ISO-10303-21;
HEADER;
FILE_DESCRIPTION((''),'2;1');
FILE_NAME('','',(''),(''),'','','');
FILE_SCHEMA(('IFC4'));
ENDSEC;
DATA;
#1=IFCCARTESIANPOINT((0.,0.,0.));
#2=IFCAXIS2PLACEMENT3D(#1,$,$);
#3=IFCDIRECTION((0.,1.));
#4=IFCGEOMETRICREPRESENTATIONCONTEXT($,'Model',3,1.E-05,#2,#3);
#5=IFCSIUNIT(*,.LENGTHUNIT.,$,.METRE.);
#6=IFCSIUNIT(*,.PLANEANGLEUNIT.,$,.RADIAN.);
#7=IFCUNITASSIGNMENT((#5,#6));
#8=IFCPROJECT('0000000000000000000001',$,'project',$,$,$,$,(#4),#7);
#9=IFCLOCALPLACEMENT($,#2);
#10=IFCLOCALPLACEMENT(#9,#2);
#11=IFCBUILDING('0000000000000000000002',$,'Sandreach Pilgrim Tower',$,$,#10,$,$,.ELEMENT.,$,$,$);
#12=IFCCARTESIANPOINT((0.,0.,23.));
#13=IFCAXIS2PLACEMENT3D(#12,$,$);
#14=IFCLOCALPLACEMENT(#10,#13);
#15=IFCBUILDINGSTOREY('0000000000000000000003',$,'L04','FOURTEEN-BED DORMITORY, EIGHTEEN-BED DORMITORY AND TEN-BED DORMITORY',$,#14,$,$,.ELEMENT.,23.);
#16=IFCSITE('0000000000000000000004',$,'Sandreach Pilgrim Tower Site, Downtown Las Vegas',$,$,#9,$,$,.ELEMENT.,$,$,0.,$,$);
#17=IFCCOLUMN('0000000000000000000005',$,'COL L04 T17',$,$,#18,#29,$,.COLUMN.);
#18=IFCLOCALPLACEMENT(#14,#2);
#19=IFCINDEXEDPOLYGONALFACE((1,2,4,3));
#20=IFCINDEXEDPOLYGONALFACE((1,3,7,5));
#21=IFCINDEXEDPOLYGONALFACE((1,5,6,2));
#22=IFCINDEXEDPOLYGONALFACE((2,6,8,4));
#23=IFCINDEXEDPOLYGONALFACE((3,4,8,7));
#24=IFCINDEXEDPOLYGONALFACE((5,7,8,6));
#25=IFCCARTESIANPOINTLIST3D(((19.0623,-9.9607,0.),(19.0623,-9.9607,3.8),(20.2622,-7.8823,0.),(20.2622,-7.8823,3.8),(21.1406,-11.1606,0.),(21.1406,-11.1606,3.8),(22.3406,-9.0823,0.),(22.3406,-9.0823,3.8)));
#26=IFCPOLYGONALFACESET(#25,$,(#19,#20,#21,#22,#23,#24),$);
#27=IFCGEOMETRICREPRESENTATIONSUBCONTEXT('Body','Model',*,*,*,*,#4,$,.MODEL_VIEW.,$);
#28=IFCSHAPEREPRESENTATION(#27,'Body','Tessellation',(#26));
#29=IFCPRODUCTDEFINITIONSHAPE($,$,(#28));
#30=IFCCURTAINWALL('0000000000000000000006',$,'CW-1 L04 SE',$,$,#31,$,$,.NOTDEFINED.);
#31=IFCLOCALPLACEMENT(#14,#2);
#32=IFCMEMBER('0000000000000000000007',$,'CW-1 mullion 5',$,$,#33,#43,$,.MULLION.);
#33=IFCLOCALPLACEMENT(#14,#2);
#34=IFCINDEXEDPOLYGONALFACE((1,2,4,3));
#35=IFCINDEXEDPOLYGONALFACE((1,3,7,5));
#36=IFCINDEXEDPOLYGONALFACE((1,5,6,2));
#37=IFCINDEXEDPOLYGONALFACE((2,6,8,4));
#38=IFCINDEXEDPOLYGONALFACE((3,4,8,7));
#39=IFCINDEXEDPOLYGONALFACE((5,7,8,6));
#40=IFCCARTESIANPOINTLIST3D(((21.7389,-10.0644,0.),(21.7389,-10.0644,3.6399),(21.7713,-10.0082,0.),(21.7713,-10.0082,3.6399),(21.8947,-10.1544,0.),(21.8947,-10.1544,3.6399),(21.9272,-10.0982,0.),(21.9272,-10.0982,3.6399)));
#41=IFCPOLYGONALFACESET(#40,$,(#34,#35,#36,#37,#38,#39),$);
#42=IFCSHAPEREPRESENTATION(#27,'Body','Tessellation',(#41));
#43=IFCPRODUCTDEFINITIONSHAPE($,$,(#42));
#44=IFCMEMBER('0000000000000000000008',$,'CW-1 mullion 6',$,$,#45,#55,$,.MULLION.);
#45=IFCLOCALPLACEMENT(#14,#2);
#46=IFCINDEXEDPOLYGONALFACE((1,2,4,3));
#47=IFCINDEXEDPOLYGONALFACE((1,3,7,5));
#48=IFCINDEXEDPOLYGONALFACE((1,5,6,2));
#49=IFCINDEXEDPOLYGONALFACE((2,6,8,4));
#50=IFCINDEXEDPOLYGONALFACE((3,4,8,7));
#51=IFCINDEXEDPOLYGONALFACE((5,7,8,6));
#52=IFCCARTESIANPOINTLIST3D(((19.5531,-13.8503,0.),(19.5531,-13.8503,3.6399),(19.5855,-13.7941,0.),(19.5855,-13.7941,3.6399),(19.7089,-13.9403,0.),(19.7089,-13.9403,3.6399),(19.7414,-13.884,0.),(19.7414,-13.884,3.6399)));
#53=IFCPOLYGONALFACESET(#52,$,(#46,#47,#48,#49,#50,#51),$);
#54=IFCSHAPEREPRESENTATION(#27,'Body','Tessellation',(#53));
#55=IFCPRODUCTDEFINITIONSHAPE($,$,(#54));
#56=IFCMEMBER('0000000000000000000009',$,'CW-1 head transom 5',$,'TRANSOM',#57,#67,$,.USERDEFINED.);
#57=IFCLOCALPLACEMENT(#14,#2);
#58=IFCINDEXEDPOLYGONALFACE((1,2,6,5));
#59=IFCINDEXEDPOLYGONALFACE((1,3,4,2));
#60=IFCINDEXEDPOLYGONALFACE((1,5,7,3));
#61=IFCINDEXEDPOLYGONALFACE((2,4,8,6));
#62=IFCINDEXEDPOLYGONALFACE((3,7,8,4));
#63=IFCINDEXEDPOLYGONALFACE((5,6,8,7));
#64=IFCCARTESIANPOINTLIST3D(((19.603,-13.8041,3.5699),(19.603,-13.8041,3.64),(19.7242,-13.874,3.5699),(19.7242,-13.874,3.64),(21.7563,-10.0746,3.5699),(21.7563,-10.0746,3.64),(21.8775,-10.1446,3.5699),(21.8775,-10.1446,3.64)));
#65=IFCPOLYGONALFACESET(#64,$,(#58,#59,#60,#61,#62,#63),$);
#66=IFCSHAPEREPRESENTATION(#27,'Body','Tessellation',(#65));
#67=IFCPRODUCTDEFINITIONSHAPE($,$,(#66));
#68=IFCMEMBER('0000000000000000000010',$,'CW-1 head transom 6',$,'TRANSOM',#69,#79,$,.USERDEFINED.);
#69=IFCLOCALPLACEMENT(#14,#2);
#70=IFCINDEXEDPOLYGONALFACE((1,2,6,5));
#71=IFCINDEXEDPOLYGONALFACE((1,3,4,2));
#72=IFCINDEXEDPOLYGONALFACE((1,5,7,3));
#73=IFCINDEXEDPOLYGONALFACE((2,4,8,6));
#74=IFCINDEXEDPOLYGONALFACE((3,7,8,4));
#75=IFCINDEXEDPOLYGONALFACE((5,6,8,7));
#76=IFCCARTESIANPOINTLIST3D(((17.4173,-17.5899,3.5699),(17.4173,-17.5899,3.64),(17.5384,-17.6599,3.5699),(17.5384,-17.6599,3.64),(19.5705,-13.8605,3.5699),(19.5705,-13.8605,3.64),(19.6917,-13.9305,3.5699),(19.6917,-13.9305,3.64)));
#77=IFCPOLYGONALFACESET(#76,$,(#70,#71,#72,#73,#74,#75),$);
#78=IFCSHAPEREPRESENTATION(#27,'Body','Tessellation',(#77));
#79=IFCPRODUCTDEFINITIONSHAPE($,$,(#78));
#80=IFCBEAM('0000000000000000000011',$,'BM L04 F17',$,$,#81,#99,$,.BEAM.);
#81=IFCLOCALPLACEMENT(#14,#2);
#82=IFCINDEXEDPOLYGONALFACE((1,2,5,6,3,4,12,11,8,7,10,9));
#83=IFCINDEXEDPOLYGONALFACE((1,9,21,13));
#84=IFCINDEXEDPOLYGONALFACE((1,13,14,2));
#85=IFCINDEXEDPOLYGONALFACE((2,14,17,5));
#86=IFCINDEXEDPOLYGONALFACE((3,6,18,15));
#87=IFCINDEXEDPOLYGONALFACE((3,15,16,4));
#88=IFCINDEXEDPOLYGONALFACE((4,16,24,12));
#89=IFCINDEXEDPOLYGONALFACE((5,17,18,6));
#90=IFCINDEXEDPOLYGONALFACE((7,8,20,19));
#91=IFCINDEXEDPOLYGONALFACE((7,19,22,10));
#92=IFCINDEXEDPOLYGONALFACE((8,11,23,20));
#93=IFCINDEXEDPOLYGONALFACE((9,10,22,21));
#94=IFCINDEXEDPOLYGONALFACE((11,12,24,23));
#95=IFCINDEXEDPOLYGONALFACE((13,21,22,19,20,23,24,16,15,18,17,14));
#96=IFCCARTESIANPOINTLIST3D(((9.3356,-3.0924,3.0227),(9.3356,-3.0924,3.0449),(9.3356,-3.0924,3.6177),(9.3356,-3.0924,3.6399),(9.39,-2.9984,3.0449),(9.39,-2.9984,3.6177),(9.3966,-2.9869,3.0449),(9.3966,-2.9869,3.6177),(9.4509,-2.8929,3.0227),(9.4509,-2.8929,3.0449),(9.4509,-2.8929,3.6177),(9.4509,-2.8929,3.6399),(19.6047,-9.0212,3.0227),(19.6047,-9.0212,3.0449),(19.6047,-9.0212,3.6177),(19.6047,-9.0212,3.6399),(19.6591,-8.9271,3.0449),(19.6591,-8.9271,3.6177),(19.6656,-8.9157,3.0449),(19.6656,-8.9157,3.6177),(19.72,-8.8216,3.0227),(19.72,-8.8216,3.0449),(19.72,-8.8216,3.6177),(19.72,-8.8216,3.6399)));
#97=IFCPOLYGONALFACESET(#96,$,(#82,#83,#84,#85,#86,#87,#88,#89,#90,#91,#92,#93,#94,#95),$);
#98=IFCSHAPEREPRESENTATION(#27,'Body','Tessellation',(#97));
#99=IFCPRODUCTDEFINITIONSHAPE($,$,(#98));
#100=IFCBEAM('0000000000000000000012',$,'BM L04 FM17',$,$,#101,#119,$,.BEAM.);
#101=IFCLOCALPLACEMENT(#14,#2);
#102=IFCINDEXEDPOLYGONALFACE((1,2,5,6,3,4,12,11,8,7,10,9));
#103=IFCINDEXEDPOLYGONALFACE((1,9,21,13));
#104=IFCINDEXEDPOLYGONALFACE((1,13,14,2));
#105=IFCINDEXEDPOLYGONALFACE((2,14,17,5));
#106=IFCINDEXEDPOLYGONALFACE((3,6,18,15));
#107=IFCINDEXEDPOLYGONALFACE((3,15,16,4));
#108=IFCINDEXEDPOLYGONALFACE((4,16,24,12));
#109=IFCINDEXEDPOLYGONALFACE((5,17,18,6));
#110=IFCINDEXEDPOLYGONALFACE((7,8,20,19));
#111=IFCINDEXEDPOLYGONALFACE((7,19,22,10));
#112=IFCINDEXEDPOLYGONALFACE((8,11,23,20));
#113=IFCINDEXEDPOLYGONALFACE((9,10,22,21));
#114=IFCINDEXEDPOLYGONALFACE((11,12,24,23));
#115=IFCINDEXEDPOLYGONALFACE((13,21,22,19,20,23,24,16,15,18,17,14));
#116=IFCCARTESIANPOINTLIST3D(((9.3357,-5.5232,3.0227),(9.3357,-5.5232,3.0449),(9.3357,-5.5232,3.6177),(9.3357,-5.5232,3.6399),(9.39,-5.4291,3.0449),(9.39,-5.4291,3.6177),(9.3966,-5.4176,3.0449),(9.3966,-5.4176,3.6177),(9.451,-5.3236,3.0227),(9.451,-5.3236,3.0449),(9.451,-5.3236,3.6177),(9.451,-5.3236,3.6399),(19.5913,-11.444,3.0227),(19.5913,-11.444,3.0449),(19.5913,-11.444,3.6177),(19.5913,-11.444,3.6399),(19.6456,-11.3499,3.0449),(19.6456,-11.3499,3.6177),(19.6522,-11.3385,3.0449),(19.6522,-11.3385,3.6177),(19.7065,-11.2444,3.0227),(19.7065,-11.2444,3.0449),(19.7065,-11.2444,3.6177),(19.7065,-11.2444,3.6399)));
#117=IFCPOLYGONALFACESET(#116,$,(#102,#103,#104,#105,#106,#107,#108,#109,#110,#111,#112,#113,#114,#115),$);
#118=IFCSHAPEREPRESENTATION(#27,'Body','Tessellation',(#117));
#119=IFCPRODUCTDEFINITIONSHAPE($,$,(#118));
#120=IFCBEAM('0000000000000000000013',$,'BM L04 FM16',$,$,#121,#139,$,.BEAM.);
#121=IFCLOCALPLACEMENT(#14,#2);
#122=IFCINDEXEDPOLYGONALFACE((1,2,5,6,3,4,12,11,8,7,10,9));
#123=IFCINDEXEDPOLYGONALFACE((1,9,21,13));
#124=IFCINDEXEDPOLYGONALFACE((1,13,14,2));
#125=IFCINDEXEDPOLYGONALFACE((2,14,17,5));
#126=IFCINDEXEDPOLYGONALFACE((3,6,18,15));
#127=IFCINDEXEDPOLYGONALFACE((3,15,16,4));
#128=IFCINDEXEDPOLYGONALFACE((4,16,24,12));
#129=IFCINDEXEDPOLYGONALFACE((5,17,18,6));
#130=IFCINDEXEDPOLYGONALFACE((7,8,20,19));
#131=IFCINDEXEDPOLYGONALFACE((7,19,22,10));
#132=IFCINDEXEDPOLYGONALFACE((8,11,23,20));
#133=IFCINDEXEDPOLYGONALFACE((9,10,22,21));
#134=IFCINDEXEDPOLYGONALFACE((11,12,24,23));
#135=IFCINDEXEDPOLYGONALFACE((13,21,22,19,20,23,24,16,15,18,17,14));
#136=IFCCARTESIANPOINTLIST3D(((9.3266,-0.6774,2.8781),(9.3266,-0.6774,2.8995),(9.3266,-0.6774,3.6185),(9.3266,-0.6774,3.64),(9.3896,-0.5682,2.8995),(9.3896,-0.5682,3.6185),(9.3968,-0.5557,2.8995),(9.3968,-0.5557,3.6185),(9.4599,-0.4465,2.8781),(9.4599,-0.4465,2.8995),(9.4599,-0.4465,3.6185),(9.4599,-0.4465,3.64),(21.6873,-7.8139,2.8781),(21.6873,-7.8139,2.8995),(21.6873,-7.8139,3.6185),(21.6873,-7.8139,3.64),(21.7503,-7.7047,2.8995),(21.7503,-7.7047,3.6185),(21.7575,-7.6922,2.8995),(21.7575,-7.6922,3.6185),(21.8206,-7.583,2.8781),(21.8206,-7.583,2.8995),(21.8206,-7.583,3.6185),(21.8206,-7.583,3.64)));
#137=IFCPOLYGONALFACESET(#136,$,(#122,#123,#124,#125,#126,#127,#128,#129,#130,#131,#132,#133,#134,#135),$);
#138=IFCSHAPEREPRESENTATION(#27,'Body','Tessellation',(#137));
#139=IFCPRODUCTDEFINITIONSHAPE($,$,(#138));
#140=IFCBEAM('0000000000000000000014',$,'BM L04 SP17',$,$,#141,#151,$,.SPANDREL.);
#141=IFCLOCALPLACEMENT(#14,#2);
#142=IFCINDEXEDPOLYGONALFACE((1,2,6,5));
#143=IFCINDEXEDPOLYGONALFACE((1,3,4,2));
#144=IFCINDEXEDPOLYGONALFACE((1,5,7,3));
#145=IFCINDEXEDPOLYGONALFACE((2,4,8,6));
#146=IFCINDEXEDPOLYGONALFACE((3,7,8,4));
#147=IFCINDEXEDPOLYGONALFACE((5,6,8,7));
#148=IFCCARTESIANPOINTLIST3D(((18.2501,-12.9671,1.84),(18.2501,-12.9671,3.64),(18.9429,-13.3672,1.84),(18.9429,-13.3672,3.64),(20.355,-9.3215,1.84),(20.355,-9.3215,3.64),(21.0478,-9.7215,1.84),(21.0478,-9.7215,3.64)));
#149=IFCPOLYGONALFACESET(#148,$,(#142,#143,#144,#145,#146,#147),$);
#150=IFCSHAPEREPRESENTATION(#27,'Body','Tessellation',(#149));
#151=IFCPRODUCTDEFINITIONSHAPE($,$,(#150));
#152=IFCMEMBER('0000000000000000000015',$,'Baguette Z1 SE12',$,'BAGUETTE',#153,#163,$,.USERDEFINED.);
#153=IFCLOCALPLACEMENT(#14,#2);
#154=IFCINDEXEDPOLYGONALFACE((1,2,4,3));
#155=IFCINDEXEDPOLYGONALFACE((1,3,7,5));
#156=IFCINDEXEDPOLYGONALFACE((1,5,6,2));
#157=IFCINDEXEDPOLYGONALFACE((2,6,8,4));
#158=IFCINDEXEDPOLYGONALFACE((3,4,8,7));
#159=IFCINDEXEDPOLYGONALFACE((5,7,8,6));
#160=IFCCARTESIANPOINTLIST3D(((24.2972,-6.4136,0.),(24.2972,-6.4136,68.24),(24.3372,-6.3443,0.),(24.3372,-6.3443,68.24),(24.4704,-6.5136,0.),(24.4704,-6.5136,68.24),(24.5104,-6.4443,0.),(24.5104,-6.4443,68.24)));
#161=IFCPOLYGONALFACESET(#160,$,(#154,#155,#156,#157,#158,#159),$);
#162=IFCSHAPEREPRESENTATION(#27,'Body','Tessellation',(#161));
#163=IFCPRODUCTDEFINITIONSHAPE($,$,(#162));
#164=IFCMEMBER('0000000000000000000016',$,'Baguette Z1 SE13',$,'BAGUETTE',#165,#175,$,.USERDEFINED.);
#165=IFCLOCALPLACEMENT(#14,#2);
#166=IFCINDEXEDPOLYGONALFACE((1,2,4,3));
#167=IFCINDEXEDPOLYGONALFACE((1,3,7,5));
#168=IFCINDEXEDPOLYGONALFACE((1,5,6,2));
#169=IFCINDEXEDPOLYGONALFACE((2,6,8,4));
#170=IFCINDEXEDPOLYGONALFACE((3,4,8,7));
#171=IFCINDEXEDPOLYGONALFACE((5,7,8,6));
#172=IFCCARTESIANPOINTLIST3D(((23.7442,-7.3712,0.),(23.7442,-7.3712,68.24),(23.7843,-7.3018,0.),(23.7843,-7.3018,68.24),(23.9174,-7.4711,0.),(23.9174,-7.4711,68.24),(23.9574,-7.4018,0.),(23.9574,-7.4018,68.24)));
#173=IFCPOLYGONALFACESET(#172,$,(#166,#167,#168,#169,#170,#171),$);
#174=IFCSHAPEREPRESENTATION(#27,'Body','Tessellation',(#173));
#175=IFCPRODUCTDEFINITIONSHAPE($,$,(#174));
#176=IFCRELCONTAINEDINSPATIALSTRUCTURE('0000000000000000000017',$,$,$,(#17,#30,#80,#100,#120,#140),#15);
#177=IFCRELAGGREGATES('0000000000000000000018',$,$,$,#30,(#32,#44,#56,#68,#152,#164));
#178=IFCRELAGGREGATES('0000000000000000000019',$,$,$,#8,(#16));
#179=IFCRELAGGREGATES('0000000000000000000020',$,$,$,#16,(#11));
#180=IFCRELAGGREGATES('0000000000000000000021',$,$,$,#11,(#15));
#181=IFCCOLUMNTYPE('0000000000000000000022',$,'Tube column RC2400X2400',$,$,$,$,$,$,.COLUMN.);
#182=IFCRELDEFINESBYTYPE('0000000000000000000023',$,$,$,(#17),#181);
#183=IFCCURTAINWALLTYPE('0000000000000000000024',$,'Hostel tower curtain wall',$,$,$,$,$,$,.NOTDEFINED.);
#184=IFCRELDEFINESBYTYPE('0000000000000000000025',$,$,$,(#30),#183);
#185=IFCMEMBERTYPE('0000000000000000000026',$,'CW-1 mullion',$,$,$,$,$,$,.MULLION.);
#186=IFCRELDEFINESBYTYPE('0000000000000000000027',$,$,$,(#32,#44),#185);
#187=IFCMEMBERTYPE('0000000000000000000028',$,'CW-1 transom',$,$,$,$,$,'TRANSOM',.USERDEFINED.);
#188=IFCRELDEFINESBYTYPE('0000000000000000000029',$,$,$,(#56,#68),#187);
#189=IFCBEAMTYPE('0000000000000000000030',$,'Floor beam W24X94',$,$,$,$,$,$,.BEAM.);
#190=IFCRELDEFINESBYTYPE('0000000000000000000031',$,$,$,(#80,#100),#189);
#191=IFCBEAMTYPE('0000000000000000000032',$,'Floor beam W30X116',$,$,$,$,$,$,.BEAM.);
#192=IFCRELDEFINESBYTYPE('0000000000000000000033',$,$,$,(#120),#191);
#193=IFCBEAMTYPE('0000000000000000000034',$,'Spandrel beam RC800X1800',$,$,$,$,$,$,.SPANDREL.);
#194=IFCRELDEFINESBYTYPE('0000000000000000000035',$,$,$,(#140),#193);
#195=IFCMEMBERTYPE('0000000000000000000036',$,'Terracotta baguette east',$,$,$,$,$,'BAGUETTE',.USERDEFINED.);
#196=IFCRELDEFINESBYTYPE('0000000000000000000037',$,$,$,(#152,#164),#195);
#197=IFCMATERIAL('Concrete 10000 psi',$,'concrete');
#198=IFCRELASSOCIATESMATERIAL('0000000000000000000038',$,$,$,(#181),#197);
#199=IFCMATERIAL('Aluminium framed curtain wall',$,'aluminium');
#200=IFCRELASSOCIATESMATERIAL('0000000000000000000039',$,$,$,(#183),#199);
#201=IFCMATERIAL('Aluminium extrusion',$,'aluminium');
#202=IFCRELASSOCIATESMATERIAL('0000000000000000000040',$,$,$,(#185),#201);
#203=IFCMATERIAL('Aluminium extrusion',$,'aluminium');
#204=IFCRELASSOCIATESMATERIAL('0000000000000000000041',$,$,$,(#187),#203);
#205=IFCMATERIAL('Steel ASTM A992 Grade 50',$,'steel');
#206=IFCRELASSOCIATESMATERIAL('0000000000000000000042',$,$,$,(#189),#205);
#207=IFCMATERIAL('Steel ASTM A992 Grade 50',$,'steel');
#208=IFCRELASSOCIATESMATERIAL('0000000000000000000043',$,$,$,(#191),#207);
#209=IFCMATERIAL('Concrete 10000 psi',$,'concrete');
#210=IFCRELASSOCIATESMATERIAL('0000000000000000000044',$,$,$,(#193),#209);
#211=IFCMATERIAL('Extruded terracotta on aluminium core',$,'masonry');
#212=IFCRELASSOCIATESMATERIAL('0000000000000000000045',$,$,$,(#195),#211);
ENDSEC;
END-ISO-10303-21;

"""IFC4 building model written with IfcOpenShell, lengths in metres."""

from ifc_helpers import new_model, si_unit, direction, frame, origin, origin_2d, place, context, subcontext, project, spatial, rectangle, i_section, extrude, material, material_profile, profile_set, type_object, element, aggregate, save


model = new_model("IFC4")

# Units and contexts
model_context = context("Model", 3, precision=1e-05, world=origin(), true_north=direction((0.0, 1.0)))
body_context = subcontext(model_context, "Body", "Model", "MODEL_VIEW")
ifc_project = project(units=[si_unit("LENGTHUNIT", "METRE"), si_unit("PLANEANGLEUNIT", "RADIAN")], contexts=[model_context])

# Site, building, storey
site_placement = place(None, origin())
site = spatial("IfcSite", under=ifc_project, at=site_placement, Name="Sandreach Pilgrim Tower Site, Downtown Las Vegas", CompositionType="ELEMENT", RefElevation=0.0)
building_placement = place(site_placement, origin())
building = spatial("IfcBuilding", under=site, at=building_placement, Name="Sandreach Pilgrim Tower", CompositionType="ELEMENT")
storey_placement = place(building_placement, frame((0.0, 0.0, 23.0)))
storey = spatial("IfcBuildingStorey", under=building, at=storey_placement, Name="L04", Description="FOURTEEN-BED DORMITORY, EIGHTEEN-BED DORMITORY AND TEN-BED DORMITORY", CompositionType="ELEMENT", Elevation=23.0)

# Column
ifc_material_1 = material(Name="Concrete 10000 psi", Category="concrete")
ifc_material_profile_1 = material_profile(ifc_material_1, rectangle(XDim=2.3999, YDim=2.3999, at=origin_2d()), Name="RC2400X2400")
ifc_profile_set_1 = profile_set([ifc_material_profile_1], Name="Concrete 10000 psi")
column_type = type_object("IfcColumnType", Name="Tube column RC2400X2400", PredefinedType="COLUMN", material=ifc_profile_set_1)
column_placement = place(storey_placement, frame((20.7014, -9.5215, 0.0), z_axis=(0.0, 0.0, 1.0), x_axis=(0.866025, -0.5, 0.0)))
element("IfcColumn", 1, at=column_placement, inside=storey, type_object=column_type, Name="COL L04 T17", PredefinedType="COLUMN", context=body_context, shape_type="SweptSolid", body=[
    extrude(rectangle(XDim=2.3999, YDim=2.3999, at=origin_2d()), origin(), (0.0, 0.0, 1.0), 3.8),
])

# Curtain wall, members
ifc_material_2 = material(Name="Aluminium framed curtain wall", Category="aluminium")
curtain_wall_type = type_object("IfcCurtainWallType", Name="Hostel tower curtain wall", PredefinedType="NOTDEFINED", material=ifc_material_2)
curtain_wall_placement = place(storey_placement, origin())
curtain_wall = element("IfcCurtainWall", 2, at=curtain_wall_placement, inside=storey, type_object=curtain_wall_type, Name="CW-1 L04 SE", PredefinedType="NOTDEFINED")
ifc_material_3 = material(Name="Aluminium extrusion", Category="aluminium")
ifc_material_profile_2 = material_profile(ifc_material_3, rectangle(XDim=0.0649, YDim=0.1799, at=origin_2d()), Name="CW-1M 65X180")
ifc_profile_set_2 = profile_set([ifc_material_profile_2], Name="Aluminium extrusion")
member_type_1 = type_object("IfcMemberType", Name="CW-1 mullion", PredefinedType="MULLION", material=ifc_profile_set_2)
member_1_placement = place(storey_placement, frame((21.833, -10.0813, 0.0), z_axis=(0.0, 0.0, 1.0), x_axis=(-0.5, -0.866025, 0.0)))
member_1 = element("IfcMember", 3, at=member_1_placement, type_object=member_type_1, Name="CW-1 mullion 5", PredefinedType="MULLION", context=body_context, shape_type="SweptSolid", body=[
    extrude(rectangle(XDim=0.0649, YDim=0.1799, at=origin_2d()), origin(), (0.0, 0.0, 1.0), 3.6399),
])
member_2_placement = place(storey_placement, frame((19.6472, -13.8672, 0.0), z_axis=(0.0, 0.0, 1.0), x_axis=(-0.5, -0.866025, 0.0)))
member_2 = element("IfcMember", 4, at=member_2_placement, type_object=member_type_1, Name="CW-1 mullion 6", PredefinedType="MULLION", context=body_context, shape_type="SweptSolid", body=[
    extrude(rectangle(XDim=0.0649, YDim=0.1799, at=origin_2d()), origin(), (0.0, 0.0, 1.0), 3.6399),
])
ifc_material_4 = material(Name="Aluminium extrusion", Category="aluminium")
ifc_material_profile_3 = material_profile(ifc_material_4, rectangle(XDim=0.1399, YDim=0.0701, at=origin_2d()), Name="CW-1T 140X70")
ifc_profile_set_3 = profile_set([ifc_material_profile_3], Name="Aluminium extrusion")
member_type_2 = type_object("IfcMemberType", Name="CW-1 transom", ElementType="TRANSOM", PredefinedType="USERDEFINED", material=ifc_profile_set_3)
member_3_placement = place(storey_placement, frame((21.8169, -10.1096, 3.605), z_axis=(-0.500017, -0.866016, 0.0), x_axis=(0.866016, -0.500017, 0.0)))
member_3 = element("IfcMember", 5, at=member_3_placement, type_object=member_type_2, Name="CW-1 head transom 5", ObjectType="TRANSOM", PredefinedType="USERDEFINED", context=body_context, shape_type="SweptSolid", body=[
    extrude(rectangle(XDim=0.1399, YDim=0.0701, at=origin_2d()), origin(), (0.0, 0.0, 1.0), 4.3064),
])
member_4_placement = place(storey_placement, frame((19.6311, -13.8955, 3.605), z_axis=(-0.500017, -0.866016, 0.0), x_axis=(0.866016, -0.500017, 0.0)))
member_4 = element("IfcMember", 6, at=member_4_placement, type_object=member_type_2, Name="CW-1 head transom 6", ObjectType="TRANSOM", PredefinedType="USERDEFINED", context=body_context, shape_type="SweptSolid", body=[
    extrude(rectangle(XDim=0.1399, YDim=0.0701, at=origin_2d()), origin(), (0.0, 0.0, 1.0), 4.3064),
])

# Beams
ifc_material_5 = material(Name="Steel ASTM A992 Grade 50", Category="steel")
ifc_material_profile_4 = material_profile(ifc_material_5, i_section(OverallWidth=0.2305, OverallDepth=0.6172, WebThickness=0.0132, FlangeThickness=0.0222, at=origin_2d()), Name="W24X94")
ifc_profile_set_4 = profile_set([ifc_material_profile_4], Name="Steel ASTM A992 Grade 50")
beam_type_1 = type_object("IfcBeamType", Name="Floor beam W24X94", PredefinedType="BEAM", material=ifc_profile_set_4)
beam_1_placement = place(storey_placement, frame((19.6624, -8.9214, 3.3313), z_axis=(-0.86603, 0.499992, 0.0), x_axis=(-0.499992, -0.86603, 0.0)))
element("IfcBeam", 7, at=beam_1_placement, inside=storey, type_object=beam_type_1, Name="BM L04 F17", PredefinedType="BEAM", context=body_context, shape_type="SweptSolid", body=[
    extrude(i_section(OverallWidth=0.2305, OverallDepth=0.6172, WebThickness=0.0132, FlangeThickness=0.0222, at=origin_2d()), origin(), (0.0, 0.0, 1.0), 11.8577),
])
beam_2_placement = place(storey_placement, frame((19.6489, -11.3442, 3.3313), z_axis=(-0.866032, 0.499988, 0.0), x_axis=(-0.499988, -0.866032, 0.0)))
element("IfcBeam", 8, at=beam_2_placement, inside=storey, type_object=beam_type_1, Name="BM L04 FM17", PredefinedType="BEAM", context=body_context, shape_type="SweptSolid", body=[
    extrude(i_section(OverallWidth=0.2305, OverallDepth=0.6172, WebThickness=0.0132, FlangeThickness=0.0222, at=origin_2d()), origin(), (0.0, 0.0, 1.0), 11.842),
])
ifc_material_6 = material(Name="Steel ASTM A992 Grade 50", Category="steel")
ifc_material_profile_5 = material_profile(ifc_material_6, i_section(OverallWidth=0.2666, OverallDepth=0.762, WebThickness=0.0144, FlangeThickness=0.0215, at=origin_2d()), Name="W30X116")
ifc_profile_set_5 = profile_set([ifc_material_profile_5], Name="Steel ASTM A992 Grade 50")
beam_type_2 = type_object("IfcBeamType", Name="Floor beam W30X116", PredefinedType="BEAM", material=ifc_profile_set_5)
beam_3_placement = place(storey_placement, frame((21.7539, -7.6985, 3.259), z_axis=(-0.866023, 0.500004, 0.0), x_axis=(-0.500004, -0.866023, 0.0)))
element("IfcBeam", 9, at=beam_3_placement, inside=storey, type_object=beam_type_2, Name="BM L04 FM16", PredefinedType="BEAM", context=body_context, shape_type="SweptSolid", body=[
    extrude(i_section(OverallWidth=0.2666, OverallDepth=0.762, WebThickness=0.0144, FlangeThickness=0.0215, at=origin_2d()), origin(), (0.0, 0.0, 1.0), 14.2729),
])
ifc_material_7 = material(Name="Concrete 10000 psi", Category="concrete")
ifc_material_profile_6 = material_profile(ifc_material_7, rectangle(XDim=0.8, YDim=1.8, at=origin_2d()), Name="RC800X1800")
ifc_profile_set_6 = profile_set([ifc_material_profile_6], Name="Concrete 10000 psi")
beam_type_3 = type_object("IfcBeamType", Name="Spandrel beam RC800X1800", PredefinedType="SPANDREL", material=ifc_profile_set_6)
beam_4_placement = place(storey_placement, frame((20.7014, -9.5215, 2.74), z_axis=(-0.500019, -0.866015, 0.0), x_axis=(0.866015, -0.500019, 0.0)))
element("IfcBeam", 10, at=beam_4_placement, inside=storey, type_object=beam_type_3, Name="BM L04 SP17", PredefinedType="SPANDREL", context=body_context, shape_type="SweptSolid", body=[
    extrude(rectangle(XDim=0.8, YDim=1.8, at=origin_2d()), origin(), (0.0, 0.0, 1.0), 4.2097),
])

# Members
ifc_material_8 = material(Name="Extruded terracotta on aluminium core", Category="masonry")
ifc_material_profile_7 = material_profile(ifc_material_8, rectangle(XDim=0.0801, YDim=0.2, at=origin_2d()), Name="TBE 80X200")
ifc_profile_set_7 = profile_set([ifc_material_profile_7], Name="Extruded terracotta on aluminium core")
member_type_3 = type_object("IfcMemberType", Name="Terracotta baguette east", ElementType="BAGUETTE", PredefinedType="USERDEFINED", material=ifc_profile_set_7)
member_5_placement = place(storey_placement, frame((24.4038, -6.429, 0.0), z_axis=(0.0, 0.0, 1.0), x_axis=(-0.5, -0.866025, 0.0)))
member_5 = element("IfcMember", 11, at=member_5_placement, type_object=member_type_3, Name="Baguette Z1 SE12", ObjectType="BAGUETTE", PredefinedType="USERDEFINED", context=body_context, shape_type="SweptSolid", body=[
    extrude(rectangle(XDim=0.0801, YDim=0.2, at=origin_2d()), origin(), (0.0, 0.0, 1.0), 68.24),
])
member_6_placement = place(storey_placement, frame((23.8508, -7.3865, 0.0), z_axis=(0.0, 0.0, 1.0), x_axis=(-0.5, -0.866025, 0.0)))
member_6 = element("IfcMember", 12, at=member_6_placement, type_object=member_type_3, Name="Baguette Z1 SE13", ObjectType="BAGUETTE", PredefinedType="USERDEFINED", context=body_context, shape_type="SweptSolid", body=[
    extrude(rectangle(XDim=0.0801, YDim=0.2, at=origin_2d()), origin(), (0.0, 0.0, 1.0), 68.24),
])

aggregate(curtain_wall, [member_1, member_2, member_3, member_4, member_5, member_6])

save(model, "model.ifc")
